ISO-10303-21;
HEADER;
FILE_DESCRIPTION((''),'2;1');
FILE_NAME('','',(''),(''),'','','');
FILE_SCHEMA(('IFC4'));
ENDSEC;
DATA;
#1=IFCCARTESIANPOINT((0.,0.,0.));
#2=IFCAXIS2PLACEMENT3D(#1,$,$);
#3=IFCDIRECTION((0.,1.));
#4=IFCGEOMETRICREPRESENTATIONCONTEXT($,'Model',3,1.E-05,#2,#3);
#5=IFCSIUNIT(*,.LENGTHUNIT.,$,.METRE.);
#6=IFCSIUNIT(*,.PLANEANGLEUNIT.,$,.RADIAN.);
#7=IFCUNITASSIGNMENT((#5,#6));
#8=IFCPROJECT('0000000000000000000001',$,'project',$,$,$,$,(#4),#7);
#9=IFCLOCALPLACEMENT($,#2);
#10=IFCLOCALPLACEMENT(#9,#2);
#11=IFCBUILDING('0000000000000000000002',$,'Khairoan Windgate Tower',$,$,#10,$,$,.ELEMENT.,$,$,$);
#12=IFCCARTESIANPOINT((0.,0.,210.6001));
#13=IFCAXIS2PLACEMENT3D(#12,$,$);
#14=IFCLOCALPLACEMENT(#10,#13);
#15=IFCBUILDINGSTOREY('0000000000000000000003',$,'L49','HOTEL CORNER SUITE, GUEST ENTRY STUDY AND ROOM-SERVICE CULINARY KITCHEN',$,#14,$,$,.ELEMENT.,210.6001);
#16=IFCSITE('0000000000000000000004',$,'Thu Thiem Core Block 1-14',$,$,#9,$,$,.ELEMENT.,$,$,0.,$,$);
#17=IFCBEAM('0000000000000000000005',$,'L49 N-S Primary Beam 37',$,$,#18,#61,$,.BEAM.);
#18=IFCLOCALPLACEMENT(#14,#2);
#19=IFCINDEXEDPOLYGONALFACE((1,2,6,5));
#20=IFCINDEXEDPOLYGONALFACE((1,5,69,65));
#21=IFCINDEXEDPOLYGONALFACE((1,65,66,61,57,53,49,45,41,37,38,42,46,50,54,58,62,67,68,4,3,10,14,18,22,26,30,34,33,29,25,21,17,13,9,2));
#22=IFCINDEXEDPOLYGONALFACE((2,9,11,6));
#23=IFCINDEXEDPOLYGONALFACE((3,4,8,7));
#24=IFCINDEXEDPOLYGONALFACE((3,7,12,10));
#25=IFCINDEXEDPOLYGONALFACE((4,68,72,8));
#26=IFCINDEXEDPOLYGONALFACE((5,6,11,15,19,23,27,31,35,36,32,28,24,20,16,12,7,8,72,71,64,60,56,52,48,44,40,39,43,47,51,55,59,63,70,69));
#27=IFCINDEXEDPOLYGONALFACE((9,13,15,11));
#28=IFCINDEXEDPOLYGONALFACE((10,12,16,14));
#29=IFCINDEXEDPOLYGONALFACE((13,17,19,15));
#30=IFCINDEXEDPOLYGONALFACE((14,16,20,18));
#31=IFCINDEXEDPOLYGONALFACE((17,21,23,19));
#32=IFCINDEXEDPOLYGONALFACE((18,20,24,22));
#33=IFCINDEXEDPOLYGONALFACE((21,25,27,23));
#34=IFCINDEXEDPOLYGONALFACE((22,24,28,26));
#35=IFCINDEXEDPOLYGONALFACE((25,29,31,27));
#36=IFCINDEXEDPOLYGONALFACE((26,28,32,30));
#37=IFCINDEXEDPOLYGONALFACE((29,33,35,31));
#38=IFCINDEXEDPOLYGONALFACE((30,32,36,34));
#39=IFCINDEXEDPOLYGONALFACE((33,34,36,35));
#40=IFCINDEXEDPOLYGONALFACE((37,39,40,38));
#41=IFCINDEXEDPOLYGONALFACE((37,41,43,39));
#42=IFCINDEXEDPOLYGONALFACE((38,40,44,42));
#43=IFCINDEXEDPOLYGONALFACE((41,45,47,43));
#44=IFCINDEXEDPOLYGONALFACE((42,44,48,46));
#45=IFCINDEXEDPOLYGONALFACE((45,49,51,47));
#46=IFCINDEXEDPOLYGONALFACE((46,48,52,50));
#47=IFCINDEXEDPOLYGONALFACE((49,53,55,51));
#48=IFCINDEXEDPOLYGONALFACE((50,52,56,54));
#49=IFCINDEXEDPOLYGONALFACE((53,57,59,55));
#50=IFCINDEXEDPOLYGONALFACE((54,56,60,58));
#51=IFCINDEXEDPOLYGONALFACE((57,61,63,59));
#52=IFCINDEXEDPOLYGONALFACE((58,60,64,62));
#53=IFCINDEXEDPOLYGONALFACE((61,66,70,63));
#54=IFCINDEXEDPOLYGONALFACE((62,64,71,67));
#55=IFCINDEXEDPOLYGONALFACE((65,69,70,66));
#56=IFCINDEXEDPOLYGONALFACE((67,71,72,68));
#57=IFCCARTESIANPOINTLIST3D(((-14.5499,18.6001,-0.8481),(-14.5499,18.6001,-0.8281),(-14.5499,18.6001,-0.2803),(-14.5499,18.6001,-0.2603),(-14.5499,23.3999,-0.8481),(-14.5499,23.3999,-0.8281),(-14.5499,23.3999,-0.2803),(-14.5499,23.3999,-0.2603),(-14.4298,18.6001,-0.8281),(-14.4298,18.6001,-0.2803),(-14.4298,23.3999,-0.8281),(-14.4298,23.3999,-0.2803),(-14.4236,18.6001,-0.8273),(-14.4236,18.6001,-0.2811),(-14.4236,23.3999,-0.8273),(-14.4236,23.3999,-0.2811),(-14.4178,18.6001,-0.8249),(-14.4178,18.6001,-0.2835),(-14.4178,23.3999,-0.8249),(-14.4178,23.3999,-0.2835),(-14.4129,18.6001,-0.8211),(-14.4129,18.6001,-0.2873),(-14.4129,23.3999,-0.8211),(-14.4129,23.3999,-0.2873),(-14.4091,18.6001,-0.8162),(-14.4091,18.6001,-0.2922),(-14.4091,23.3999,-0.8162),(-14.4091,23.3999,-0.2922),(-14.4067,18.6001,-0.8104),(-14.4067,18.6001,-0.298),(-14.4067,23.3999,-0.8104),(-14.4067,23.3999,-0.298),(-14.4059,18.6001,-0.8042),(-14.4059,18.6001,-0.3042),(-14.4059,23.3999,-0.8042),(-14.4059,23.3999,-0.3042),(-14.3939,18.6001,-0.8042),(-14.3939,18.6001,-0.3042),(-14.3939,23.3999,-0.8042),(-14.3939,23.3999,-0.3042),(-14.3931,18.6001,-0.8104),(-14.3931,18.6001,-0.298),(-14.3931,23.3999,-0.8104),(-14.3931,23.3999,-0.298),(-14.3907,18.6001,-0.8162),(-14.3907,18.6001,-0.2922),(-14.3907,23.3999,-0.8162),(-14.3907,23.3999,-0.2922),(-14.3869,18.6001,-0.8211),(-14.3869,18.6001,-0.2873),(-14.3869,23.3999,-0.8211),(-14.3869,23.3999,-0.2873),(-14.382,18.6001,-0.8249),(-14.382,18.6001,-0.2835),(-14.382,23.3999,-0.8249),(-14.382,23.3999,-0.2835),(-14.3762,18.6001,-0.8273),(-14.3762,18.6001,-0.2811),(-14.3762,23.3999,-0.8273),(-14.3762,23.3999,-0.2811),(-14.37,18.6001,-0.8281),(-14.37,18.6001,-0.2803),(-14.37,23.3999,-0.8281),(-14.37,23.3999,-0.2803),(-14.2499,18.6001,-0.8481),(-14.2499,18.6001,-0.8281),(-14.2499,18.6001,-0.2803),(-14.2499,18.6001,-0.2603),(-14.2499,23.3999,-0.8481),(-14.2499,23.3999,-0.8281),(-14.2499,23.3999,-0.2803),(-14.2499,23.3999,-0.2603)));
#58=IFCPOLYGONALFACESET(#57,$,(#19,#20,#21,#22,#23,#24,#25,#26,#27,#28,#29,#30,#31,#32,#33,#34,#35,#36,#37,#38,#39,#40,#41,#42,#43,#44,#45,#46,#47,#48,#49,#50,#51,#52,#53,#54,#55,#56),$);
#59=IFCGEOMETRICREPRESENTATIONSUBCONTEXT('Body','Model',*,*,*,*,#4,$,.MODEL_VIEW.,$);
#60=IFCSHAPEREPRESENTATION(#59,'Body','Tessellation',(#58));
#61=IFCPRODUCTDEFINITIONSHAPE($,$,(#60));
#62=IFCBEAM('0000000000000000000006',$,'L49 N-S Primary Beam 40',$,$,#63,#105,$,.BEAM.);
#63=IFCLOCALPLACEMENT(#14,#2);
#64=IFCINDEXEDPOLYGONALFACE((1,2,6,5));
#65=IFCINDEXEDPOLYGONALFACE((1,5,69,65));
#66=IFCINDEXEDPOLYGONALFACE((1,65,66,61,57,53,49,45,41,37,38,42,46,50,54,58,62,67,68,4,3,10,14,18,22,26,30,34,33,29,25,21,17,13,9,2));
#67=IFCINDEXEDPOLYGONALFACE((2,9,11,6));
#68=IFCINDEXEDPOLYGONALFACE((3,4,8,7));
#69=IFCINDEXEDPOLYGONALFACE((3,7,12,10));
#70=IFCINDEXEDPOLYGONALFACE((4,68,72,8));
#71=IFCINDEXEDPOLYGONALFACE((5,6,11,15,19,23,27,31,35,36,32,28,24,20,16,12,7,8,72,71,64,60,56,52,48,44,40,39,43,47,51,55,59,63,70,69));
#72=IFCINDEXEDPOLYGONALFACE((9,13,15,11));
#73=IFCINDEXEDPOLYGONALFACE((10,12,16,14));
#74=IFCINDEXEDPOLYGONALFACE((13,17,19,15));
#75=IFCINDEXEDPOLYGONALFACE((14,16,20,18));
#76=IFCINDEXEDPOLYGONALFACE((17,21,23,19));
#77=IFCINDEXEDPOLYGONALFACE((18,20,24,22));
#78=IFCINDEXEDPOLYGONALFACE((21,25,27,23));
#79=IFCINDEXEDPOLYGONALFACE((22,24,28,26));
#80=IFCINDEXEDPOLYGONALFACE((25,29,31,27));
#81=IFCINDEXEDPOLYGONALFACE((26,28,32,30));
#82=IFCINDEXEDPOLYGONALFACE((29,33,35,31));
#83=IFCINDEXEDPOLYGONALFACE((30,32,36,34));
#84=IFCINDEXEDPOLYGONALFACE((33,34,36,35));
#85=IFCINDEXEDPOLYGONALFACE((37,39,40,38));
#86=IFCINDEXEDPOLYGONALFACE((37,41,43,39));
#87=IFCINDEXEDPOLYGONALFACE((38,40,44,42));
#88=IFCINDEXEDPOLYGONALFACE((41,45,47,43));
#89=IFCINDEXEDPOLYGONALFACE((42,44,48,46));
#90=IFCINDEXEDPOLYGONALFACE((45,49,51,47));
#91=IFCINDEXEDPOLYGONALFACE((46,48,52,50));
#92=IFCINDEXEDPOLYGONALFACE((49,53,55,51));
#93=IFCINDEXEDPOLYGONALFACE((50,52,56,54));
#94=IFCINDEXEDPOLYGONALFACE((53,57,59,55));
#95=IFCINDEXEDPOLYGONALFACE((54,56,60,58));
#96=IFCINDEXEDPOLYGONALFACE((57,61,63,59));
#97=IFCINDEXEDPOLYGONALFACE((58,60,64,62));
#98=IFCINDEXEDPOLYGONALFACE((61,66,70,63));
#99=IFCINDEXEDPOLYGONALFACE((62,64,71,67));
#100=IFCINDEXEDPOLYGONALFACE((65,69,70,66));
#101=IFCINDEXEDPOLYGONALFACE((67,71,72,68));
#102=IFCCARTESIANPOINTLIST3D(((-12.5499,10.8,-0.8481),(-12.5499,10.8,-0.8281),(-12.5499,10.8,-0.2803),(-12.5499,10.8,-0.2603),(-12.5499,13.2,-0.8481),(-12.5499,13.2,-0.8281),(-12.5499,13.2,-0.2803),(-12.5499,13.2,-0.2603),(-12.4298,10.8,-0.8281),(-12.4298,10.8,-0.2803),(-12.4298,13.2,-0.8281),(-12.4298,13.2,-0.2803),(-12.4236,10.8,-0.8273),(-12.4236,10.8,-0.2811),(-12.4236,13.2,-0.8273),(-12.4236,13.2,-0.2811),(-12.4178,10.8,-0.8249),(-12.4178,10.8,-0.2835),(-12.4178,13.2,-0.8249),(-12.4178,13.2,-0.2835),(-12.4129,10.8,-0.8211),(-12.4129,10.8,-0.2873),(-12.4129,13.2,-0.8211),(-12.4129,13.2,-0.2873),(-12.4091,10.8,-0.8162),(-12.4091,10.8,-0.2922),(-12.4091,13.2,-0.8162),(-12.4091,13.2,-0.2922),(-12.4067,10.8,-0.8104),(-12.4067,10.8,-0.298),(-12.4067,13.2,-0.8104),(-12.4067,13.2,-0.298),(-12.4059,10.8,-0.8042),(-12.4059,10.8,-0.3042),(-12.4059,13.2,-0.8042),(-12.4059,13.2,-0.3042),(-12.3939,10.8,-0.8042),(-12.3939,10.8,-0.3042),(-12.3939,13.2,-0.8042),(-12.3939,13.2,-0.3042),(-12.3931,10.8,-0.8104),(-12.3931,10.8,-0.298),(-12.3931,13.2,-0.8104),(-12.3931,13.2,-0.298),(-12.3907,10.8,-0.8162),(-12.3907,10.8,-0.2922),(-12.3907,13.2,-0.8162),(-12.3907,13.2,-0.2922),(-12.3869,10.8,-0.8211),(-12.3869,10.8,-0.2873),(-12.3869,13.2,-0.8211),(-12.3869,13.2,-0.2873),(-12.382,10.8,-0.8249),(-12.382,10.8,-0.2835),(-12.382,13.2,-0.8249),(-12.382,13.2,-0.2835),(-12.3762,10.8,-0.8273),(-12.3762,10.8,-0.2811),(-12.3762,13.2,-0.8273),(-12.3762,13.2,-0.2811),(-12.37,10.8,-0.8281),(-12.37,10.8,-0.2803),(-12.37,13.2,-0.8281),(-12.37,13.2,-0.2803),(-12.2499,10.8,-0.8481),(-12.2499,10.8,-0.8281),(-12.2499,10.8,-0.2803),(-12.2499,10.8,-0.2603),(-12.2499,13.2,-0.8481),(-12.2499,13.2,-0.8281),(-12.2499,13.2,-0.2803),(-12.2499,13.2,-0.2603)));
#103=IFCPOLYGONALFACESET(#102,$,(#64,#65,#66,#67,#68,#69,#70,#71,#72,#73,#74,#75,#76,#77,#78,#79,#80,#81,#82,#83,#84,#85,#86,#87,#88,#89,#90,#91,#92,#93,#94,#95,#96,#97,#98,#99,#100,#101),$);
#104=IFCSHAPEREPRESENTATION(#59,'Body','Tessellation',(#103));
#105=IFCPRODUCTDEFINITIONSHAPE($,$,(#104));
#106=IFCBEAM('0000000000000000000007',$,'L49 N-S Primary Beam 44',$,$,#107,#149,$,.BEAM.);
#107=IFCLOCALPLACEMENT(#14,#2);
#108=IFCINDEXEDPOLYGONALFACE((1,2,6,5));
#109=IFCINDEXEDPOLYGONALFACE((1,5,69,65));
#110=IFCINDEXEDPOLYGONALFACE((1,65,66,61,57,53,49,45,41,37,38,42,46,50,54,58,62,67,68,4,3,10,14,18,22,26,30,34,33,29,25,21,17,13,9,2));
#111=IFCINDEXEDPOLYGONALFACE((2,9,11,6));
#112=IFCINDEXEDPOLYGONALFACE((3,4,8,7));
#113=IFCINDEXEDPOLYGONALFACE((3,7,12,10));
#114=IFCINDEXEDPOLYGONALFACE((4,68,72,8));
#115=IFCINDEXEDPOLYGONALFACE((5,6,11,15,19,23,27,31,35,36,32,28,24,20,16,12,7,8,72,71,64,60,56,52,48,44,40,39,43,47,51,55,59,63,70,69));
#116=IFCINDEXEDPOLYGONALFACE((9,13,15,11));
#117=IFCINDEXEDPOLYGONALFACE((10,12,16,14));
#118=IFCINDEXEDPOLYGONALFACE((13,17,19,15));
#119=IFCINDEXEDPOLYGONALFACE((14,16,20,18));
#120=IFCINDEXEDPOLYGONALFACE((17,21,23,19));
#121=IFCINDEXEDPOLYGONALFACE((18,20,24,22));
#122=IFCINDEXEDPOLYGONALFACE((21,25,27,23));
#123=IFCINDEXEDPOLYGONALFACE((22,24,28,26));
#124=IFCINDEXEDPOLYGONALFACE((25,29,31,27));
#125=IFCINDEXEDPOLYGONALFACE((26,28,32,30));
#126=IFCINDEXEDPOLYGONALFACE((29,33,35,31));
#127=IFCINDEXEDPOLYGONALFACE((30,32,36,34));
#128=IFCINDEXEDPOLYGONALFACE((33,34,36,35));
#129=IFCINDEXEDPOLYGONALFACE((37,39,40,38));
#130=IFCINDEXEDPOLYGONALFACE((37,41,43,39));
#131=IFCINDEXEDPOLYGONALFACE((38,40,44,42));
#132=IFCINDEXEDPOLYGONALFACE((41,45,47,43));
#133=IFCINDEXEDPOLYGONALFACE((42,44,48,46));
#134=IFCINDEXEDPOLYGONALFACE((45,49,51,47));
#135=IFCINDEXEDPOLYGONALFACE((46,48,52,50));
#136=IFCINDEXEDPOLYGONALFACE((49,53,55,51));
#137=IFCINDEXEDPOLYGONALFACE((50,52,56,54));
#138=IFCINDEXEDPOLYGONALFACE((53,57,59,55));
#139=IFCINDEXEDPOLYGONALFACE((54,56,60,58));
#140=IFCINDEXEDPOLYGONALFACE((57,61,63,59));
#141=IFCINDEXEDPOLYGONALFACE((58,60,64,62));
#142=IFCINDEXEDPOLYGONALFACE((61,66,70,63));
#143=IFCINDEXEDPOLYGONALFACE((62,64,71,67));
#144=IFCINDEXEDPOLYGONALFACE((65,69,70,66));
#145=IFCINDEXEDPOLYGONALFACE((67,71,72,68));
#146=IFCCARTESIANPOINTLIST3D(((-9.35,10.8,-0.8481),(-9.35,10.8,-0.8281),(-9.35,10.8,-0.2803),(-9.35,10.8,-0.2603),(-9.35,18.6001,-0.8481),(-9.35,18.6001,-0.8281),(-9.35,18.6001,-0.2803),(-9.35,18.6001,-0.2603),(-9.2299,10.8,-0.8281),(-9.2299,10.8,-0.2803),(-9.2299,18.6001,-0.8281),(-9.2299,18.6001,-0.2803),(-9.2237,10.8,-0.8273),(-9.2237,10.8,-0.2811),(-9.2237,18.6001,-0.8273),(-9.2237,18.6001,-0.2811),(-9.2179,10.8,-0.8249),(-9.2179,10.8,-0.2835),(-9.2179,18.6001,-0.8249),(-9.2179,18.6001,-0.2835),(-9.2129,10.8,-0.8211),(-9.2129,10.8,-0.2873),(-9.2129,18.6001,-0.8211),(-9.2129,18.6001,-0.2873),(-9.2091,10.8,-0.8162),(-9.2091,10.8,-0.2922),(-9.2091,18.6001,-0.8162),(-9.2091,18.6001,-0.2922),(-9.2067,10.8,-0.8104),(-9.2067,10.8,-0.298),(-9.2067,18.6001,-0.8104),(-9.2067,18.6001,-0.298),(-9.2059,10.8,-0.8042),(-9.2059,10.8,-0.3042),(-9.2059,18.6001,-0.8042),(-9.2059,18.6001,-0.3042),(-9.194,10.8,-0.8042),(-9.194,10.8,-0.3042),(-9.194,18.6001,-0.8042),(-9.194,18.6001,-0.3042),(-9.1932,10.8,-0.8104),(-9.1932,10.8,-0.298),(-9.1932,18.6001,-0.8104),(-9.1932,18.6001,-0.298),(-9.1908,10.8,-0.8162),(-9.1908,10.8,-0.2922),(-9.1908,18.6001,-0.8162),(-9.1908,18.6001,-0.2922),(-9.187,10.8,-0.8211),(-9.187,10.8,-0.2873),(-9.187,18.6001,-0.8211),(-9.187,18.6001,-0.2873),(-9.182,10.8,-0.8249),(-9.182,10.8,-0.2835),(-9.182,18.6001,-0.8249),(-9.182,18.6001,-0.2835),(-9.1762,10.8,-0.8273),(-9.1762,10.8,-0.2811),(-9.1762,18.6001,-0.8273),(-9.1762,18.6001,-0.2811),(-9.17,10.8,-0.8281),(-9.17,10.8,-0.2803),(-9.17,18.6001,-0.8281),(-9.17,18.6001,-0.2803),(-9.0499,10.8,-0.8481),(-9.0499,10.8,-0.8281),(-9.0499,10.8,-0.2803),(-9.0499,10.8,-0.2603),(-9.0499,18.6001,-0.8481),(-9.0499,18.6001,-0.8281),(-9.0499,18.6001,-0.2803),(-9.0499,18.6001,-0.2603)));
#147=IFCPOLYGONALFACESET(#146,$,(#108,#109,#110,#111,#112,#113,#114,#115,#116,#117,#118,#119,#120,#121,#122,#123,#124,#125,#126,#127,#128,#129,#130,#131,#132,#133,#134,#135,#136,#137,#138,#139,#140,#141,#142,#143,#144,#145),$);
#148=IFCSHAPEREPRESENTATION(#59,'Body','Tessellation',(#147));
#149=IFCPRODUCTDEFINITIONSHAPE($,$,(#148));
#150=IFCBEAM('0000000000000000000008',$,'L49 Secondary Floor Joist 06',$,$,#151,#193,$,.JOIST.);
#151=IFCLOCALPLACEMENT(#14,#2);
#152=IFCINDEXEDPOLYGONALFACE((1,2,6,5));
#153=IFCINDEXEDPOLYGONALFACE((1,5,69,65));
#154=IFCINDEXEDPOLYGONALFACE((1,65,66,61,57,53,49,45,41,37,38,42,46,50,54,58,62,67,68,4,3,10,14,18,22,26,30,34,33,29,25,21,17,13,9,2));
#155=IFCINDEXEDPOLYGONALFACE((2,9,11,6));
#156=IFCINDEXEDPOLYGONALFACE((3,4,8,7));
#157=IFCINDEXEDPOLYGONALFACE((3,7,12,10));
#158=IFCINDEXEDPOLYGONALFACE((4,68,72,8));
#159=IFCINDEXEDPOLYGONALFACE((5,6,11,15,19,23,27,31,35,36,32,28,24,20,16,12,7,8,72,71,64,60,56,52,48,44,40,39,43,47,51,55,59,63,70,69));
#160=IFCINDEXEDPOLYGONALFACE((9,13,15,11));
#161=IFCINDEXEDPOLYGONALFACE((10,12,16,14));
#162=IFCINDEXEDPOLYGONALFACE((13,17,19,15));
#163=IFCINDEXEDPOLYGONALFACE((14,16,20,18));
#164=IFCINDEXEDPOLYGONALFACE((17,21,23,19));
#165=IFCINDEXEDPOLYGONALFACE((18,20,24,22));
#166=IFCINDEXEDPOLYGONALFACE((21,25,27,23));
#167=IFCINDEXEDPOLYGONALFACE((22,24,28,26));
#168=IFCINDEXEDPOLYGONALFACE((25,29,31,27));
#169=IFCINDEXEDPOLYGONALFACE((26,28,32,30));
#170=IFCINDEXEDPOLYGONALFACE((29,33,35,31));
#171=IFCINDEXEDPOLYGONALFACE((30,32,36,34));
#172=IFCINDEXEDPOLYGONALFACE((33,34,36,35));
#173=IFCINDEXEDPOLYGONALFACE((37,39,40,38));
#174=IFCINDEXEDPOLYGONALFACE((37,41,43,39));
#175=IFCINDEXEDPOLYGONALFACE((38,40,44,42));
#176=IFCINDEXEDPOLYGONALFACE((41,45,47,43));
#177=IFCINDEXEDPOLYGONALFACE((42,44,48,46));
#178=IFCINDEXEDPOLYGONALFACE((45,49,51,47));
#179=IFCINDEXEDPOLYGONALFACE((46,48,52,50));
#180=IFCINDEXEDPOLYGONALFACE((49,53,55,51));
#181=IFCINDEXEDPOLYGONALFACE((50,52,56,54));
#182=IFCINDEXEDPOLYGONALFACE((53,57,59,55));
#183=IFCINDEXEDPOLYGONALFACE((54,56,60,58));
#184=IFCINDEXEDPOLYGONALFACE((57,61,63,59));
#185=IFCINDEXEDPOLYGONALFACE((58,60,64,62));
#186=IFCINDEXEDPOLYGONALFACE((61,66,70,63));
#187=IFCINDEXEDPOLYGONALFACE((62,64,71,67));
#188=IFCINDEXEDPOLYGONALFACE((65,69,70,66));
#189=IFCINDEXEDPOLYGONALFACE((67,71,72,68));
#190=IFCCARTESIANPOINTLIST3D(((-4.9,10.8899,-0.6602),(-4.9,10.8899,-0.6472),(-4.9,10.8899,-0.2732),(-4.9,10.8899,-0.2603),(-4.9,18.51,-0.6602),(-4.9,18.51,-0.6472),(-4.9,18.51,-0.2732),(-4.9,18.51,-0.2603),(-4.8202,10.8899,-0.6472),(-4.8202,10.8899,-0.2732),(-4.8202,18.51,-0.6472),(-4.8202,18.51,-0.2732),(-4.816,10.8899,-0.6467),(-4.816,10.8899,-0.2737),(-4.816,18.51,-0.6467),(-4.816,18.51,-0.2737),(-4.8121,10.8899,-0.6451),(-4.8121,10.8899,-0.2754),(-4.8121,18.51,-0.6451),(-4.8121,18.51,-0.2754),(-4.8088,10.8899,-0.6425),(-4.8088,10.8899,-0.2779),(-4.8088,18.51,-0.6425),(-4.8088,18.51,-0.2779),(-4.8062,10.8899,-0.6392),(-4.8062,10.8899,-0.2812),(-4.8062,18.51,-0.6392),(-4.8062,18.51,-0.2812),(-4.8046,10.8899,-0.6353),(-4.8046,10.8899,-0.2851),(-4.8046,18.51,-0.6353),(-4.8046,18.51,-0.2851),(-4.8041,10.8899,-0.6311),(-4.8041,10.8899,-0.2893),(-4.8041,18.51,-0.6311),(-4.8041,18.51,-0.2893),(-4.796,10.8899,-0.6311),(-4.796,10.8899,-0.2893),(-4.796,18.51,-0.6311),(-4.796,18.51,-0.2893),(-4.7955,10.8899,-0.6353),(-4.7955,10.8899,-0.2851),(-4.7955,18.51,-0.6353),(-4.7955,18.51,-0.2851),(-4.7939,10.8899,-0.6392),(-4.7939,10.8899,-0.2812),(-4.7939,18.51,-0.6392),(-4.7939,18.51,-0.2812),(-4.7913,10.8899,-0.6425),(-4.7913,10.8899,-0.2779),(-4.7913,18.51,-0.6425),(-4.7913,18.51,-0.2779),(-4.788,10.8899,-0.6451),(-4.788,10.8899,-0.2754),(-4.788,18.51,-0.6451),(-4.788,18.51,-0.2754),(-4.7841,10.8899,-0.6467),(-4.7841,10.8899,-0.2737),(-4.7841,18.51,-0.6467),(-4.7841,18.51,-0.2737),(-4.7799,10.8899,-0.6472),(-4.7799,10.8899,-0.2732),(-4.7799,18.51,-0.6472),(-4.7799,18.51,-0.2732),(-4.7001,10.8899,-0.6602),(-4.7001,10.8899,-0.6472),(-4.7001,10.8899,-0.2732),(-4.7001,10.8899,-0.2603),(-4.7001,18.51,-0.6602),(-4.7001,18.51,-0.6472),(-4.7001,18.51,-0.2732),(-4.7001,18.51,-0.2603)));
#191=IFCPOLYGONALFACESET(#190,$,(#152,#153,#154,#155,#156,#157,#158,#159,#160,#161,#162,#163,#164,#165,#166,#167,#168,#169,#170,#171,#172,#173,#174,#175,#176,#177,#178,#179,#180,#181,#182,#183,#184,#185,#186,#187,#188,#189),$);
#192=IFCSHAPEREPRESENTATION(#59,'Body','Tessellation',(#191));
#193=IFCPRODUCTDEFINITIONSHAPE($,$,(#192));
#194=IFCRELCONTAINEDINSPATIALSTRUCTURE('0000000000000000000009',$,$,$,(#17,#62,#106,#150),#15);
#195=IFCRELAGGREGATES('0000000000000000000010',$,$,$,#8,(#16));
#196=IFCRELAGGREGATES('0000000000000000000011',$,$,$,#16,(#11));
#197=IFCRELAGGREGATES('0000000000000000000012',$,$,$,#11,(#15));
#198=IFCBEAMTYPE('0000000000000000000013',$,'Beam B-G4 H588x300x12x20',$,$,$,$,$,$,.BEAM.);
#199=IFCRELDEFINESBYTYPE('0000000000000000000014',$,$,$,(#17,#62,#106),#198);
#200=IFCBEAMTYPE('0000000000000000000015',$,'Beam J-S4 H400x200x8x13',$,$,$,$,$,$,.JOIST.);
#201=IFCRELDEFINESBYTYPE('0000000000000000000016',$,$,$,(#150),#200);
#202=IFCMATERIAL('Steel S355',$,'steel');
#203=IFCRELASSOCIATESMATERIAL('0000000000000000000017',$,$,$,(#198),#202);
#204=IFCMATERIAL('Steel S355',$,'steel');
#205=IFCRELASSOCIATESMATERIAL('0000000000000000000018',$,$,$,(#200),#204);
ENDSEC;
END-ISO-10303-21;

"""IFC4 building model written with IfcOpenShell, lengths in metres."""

from ifc_helpers import new_model, si_unit, direction, frame, origin, origin_2d, place, context, subcontext, project, spatial, i_section, extrude, material, material_profile, profile_set, type_object, element, save


model = new_model("IFC4")

# Units and contexts
model_context = context("Model", 3, precision=1e-05, world=origin(), true_north=direction((0.0, 1.0)))
body_context = subcontext(model_context, "Body", "Model", "MODEL_VIEW")
ifc_project = project(units=[si_unit("LENGTHUNIT", "METRE"), si_unit("PLANEANGLEUNIT", "RADIAN")], contexts=[model_context])

# Site, building, storey
site_placement = place(None, origin())
site = spatial("IfcSite", under=ifc_project, at=site_placement, Name="Thu Thiem Core Block 1-14", CompositionType="ELEMENT", RefElevation=0.0)
building_placement = place(site_placement, origin())
building = spatial("IfcBuilding", under=site, at=building_placement, Name="Khairoan Windgate Tower", CompositionType="ELEMENT")
storey_placement = place(building_placement, frame((0.0, 0.0, 210.6001)))
storey = spatial("IfcBuildingStorey", under=building, at=storey_placement, Name="L49", Description="HOTEL CORNER SUITE, GUEST ENTRY STUDY AND ROOM-SERVICE CULINARY KITCHEN", CompositionType="ELEMENT", Elevation=210.6001)

# Beams
ifc_material_1 = material(Name="Steel S355", Category="steel")
ifc_material_profile_1 = material_profile(ifc_material_1, i_section(OverallWidth=0.3, OverallDepth=0.5879, WebThickness=0.012, FlangeThickness=0.02, FilletRadius=0.0239, at=origin_2d()))
ifc_profile_set_1 = profile_set([ifc_material_profile_1], Name="Steel S355")
beam_type_1 = type_object("IfcBeamType", Name="Beam B-G4 H588x300x12x20", PredefinedType="BEAM", material=ifc_profile_set_1)
beam_1_placement = place(storey_placement, frame((-14.3999, 18.6001, -0.5542), z_axis=(0.0, 1.0, 0.0), x_axis=(-1.0, 0.0, 0.0)))
element("IfcBeam", 1, at=beam_1_placement, inside=storey, type_object=beam_type_1, Name="L49 N-S Primary Beam 37", PredefinedType="BEAM", context=body_context, shape_type="SweptSolid", body=[
    extrude(i_section(OverallWidth=0.3, OverallDepth=0.5879, WebThickness=0.012, FlangeThickness=0.02, FilletRadius=0.0239, at=origin_2d()), origin(), (0.0, 0.0, 1.0), 4.7998),
])
beam_2_placement = place(storey_placement, frame((-12.3999, 10.8, -0.5542), z_axis=(0.0, 1.0, 0.0), x_axis=(-1.0, 0.0, 0.0)))
element("IfcBeam", 2, at=beam_2_placement, inside=storey, type_object=beam_type_1, Name="L49 N-S Primary Beam 40", PredefinedType="BEAM", context=body_context, shape_type="SweptSolid", body=[
    extrude(i_section(OverallWidth=0.3, OverallDepth=0.5879, WebThickness=0.012, FlangeThickness=0.02, FilletRadius=0.0239, at=origin_2d()), origin(), (0.0, 0.0, 1.0), 2.3999),
])
beam_3_placement = place(storey_placement, frame((-9.2, 10.8, -0.5542), z_axis=(0.0, 1.0, 0.0), x_axis=(-1.0, 0.0, 0.0)))
element("IfcBeam", 3, at=beam_3_placement, inside=storey, type_object=beam_type_1, Name="L49 N-S Primary Beam 44", PredefinedType="BEAM", context=body_context, shape_type="SweptSolid", body=[
    extrude(i_section(OverallWidth=0.3, OverallDepth=0.5879, WebThickness=0.012, FlangeThickness=0.02, FilletRadius=0.0239, at=origin_2d()), origin(), (0.0, 0.0, 1.0), 7.8),
])
ifc_material_2 = material(Name="Steel S355", Category="steel")
ifc_material_profile_2 = material_profile(ifc_material_2, i_section(OverallWidth=0.2, OverallDepth=0.3999, WebThickness=0.0081, FlangeThickness=0.0129, FilletRadius=0.0161, at=origin_2d()))
ifc_profile_set_2 = profile_set([ifc_material_profile_2], Name="Steel S355")
beam_type_2 = type_object("IfcBeamType", Name="Beam J-S4 H400x200x8x13", PredefinedType="JOIST", material=ifc_profile_set_2)
beam_4_placement = place(storey_placement, frame((-4.8, 10.8899, -0.4602), z_axis=(0.0, 1.0, 0.0), x_axis=(-1.0, 0.0, 0.0)))
element("IfcBeam", 4, at=beam_4_placement, inside=storey, type_object=beam_type_2, Name="L49 Secondary Floor Joist 06", PredefinedType="JOIST", context=body_context, shape_type="SweptSolid", body=[
    extrude(i_section(OverallWidth=0.2, OverallDepth=0.3999, WebThickness=0.0081, FlangeThickness=0.0129, FilletRadius=0.0161, at=origin_2d()), origin(), (0.0, 0.0, 1.0), 7.6201),
])

save(model, "model.ifc")
